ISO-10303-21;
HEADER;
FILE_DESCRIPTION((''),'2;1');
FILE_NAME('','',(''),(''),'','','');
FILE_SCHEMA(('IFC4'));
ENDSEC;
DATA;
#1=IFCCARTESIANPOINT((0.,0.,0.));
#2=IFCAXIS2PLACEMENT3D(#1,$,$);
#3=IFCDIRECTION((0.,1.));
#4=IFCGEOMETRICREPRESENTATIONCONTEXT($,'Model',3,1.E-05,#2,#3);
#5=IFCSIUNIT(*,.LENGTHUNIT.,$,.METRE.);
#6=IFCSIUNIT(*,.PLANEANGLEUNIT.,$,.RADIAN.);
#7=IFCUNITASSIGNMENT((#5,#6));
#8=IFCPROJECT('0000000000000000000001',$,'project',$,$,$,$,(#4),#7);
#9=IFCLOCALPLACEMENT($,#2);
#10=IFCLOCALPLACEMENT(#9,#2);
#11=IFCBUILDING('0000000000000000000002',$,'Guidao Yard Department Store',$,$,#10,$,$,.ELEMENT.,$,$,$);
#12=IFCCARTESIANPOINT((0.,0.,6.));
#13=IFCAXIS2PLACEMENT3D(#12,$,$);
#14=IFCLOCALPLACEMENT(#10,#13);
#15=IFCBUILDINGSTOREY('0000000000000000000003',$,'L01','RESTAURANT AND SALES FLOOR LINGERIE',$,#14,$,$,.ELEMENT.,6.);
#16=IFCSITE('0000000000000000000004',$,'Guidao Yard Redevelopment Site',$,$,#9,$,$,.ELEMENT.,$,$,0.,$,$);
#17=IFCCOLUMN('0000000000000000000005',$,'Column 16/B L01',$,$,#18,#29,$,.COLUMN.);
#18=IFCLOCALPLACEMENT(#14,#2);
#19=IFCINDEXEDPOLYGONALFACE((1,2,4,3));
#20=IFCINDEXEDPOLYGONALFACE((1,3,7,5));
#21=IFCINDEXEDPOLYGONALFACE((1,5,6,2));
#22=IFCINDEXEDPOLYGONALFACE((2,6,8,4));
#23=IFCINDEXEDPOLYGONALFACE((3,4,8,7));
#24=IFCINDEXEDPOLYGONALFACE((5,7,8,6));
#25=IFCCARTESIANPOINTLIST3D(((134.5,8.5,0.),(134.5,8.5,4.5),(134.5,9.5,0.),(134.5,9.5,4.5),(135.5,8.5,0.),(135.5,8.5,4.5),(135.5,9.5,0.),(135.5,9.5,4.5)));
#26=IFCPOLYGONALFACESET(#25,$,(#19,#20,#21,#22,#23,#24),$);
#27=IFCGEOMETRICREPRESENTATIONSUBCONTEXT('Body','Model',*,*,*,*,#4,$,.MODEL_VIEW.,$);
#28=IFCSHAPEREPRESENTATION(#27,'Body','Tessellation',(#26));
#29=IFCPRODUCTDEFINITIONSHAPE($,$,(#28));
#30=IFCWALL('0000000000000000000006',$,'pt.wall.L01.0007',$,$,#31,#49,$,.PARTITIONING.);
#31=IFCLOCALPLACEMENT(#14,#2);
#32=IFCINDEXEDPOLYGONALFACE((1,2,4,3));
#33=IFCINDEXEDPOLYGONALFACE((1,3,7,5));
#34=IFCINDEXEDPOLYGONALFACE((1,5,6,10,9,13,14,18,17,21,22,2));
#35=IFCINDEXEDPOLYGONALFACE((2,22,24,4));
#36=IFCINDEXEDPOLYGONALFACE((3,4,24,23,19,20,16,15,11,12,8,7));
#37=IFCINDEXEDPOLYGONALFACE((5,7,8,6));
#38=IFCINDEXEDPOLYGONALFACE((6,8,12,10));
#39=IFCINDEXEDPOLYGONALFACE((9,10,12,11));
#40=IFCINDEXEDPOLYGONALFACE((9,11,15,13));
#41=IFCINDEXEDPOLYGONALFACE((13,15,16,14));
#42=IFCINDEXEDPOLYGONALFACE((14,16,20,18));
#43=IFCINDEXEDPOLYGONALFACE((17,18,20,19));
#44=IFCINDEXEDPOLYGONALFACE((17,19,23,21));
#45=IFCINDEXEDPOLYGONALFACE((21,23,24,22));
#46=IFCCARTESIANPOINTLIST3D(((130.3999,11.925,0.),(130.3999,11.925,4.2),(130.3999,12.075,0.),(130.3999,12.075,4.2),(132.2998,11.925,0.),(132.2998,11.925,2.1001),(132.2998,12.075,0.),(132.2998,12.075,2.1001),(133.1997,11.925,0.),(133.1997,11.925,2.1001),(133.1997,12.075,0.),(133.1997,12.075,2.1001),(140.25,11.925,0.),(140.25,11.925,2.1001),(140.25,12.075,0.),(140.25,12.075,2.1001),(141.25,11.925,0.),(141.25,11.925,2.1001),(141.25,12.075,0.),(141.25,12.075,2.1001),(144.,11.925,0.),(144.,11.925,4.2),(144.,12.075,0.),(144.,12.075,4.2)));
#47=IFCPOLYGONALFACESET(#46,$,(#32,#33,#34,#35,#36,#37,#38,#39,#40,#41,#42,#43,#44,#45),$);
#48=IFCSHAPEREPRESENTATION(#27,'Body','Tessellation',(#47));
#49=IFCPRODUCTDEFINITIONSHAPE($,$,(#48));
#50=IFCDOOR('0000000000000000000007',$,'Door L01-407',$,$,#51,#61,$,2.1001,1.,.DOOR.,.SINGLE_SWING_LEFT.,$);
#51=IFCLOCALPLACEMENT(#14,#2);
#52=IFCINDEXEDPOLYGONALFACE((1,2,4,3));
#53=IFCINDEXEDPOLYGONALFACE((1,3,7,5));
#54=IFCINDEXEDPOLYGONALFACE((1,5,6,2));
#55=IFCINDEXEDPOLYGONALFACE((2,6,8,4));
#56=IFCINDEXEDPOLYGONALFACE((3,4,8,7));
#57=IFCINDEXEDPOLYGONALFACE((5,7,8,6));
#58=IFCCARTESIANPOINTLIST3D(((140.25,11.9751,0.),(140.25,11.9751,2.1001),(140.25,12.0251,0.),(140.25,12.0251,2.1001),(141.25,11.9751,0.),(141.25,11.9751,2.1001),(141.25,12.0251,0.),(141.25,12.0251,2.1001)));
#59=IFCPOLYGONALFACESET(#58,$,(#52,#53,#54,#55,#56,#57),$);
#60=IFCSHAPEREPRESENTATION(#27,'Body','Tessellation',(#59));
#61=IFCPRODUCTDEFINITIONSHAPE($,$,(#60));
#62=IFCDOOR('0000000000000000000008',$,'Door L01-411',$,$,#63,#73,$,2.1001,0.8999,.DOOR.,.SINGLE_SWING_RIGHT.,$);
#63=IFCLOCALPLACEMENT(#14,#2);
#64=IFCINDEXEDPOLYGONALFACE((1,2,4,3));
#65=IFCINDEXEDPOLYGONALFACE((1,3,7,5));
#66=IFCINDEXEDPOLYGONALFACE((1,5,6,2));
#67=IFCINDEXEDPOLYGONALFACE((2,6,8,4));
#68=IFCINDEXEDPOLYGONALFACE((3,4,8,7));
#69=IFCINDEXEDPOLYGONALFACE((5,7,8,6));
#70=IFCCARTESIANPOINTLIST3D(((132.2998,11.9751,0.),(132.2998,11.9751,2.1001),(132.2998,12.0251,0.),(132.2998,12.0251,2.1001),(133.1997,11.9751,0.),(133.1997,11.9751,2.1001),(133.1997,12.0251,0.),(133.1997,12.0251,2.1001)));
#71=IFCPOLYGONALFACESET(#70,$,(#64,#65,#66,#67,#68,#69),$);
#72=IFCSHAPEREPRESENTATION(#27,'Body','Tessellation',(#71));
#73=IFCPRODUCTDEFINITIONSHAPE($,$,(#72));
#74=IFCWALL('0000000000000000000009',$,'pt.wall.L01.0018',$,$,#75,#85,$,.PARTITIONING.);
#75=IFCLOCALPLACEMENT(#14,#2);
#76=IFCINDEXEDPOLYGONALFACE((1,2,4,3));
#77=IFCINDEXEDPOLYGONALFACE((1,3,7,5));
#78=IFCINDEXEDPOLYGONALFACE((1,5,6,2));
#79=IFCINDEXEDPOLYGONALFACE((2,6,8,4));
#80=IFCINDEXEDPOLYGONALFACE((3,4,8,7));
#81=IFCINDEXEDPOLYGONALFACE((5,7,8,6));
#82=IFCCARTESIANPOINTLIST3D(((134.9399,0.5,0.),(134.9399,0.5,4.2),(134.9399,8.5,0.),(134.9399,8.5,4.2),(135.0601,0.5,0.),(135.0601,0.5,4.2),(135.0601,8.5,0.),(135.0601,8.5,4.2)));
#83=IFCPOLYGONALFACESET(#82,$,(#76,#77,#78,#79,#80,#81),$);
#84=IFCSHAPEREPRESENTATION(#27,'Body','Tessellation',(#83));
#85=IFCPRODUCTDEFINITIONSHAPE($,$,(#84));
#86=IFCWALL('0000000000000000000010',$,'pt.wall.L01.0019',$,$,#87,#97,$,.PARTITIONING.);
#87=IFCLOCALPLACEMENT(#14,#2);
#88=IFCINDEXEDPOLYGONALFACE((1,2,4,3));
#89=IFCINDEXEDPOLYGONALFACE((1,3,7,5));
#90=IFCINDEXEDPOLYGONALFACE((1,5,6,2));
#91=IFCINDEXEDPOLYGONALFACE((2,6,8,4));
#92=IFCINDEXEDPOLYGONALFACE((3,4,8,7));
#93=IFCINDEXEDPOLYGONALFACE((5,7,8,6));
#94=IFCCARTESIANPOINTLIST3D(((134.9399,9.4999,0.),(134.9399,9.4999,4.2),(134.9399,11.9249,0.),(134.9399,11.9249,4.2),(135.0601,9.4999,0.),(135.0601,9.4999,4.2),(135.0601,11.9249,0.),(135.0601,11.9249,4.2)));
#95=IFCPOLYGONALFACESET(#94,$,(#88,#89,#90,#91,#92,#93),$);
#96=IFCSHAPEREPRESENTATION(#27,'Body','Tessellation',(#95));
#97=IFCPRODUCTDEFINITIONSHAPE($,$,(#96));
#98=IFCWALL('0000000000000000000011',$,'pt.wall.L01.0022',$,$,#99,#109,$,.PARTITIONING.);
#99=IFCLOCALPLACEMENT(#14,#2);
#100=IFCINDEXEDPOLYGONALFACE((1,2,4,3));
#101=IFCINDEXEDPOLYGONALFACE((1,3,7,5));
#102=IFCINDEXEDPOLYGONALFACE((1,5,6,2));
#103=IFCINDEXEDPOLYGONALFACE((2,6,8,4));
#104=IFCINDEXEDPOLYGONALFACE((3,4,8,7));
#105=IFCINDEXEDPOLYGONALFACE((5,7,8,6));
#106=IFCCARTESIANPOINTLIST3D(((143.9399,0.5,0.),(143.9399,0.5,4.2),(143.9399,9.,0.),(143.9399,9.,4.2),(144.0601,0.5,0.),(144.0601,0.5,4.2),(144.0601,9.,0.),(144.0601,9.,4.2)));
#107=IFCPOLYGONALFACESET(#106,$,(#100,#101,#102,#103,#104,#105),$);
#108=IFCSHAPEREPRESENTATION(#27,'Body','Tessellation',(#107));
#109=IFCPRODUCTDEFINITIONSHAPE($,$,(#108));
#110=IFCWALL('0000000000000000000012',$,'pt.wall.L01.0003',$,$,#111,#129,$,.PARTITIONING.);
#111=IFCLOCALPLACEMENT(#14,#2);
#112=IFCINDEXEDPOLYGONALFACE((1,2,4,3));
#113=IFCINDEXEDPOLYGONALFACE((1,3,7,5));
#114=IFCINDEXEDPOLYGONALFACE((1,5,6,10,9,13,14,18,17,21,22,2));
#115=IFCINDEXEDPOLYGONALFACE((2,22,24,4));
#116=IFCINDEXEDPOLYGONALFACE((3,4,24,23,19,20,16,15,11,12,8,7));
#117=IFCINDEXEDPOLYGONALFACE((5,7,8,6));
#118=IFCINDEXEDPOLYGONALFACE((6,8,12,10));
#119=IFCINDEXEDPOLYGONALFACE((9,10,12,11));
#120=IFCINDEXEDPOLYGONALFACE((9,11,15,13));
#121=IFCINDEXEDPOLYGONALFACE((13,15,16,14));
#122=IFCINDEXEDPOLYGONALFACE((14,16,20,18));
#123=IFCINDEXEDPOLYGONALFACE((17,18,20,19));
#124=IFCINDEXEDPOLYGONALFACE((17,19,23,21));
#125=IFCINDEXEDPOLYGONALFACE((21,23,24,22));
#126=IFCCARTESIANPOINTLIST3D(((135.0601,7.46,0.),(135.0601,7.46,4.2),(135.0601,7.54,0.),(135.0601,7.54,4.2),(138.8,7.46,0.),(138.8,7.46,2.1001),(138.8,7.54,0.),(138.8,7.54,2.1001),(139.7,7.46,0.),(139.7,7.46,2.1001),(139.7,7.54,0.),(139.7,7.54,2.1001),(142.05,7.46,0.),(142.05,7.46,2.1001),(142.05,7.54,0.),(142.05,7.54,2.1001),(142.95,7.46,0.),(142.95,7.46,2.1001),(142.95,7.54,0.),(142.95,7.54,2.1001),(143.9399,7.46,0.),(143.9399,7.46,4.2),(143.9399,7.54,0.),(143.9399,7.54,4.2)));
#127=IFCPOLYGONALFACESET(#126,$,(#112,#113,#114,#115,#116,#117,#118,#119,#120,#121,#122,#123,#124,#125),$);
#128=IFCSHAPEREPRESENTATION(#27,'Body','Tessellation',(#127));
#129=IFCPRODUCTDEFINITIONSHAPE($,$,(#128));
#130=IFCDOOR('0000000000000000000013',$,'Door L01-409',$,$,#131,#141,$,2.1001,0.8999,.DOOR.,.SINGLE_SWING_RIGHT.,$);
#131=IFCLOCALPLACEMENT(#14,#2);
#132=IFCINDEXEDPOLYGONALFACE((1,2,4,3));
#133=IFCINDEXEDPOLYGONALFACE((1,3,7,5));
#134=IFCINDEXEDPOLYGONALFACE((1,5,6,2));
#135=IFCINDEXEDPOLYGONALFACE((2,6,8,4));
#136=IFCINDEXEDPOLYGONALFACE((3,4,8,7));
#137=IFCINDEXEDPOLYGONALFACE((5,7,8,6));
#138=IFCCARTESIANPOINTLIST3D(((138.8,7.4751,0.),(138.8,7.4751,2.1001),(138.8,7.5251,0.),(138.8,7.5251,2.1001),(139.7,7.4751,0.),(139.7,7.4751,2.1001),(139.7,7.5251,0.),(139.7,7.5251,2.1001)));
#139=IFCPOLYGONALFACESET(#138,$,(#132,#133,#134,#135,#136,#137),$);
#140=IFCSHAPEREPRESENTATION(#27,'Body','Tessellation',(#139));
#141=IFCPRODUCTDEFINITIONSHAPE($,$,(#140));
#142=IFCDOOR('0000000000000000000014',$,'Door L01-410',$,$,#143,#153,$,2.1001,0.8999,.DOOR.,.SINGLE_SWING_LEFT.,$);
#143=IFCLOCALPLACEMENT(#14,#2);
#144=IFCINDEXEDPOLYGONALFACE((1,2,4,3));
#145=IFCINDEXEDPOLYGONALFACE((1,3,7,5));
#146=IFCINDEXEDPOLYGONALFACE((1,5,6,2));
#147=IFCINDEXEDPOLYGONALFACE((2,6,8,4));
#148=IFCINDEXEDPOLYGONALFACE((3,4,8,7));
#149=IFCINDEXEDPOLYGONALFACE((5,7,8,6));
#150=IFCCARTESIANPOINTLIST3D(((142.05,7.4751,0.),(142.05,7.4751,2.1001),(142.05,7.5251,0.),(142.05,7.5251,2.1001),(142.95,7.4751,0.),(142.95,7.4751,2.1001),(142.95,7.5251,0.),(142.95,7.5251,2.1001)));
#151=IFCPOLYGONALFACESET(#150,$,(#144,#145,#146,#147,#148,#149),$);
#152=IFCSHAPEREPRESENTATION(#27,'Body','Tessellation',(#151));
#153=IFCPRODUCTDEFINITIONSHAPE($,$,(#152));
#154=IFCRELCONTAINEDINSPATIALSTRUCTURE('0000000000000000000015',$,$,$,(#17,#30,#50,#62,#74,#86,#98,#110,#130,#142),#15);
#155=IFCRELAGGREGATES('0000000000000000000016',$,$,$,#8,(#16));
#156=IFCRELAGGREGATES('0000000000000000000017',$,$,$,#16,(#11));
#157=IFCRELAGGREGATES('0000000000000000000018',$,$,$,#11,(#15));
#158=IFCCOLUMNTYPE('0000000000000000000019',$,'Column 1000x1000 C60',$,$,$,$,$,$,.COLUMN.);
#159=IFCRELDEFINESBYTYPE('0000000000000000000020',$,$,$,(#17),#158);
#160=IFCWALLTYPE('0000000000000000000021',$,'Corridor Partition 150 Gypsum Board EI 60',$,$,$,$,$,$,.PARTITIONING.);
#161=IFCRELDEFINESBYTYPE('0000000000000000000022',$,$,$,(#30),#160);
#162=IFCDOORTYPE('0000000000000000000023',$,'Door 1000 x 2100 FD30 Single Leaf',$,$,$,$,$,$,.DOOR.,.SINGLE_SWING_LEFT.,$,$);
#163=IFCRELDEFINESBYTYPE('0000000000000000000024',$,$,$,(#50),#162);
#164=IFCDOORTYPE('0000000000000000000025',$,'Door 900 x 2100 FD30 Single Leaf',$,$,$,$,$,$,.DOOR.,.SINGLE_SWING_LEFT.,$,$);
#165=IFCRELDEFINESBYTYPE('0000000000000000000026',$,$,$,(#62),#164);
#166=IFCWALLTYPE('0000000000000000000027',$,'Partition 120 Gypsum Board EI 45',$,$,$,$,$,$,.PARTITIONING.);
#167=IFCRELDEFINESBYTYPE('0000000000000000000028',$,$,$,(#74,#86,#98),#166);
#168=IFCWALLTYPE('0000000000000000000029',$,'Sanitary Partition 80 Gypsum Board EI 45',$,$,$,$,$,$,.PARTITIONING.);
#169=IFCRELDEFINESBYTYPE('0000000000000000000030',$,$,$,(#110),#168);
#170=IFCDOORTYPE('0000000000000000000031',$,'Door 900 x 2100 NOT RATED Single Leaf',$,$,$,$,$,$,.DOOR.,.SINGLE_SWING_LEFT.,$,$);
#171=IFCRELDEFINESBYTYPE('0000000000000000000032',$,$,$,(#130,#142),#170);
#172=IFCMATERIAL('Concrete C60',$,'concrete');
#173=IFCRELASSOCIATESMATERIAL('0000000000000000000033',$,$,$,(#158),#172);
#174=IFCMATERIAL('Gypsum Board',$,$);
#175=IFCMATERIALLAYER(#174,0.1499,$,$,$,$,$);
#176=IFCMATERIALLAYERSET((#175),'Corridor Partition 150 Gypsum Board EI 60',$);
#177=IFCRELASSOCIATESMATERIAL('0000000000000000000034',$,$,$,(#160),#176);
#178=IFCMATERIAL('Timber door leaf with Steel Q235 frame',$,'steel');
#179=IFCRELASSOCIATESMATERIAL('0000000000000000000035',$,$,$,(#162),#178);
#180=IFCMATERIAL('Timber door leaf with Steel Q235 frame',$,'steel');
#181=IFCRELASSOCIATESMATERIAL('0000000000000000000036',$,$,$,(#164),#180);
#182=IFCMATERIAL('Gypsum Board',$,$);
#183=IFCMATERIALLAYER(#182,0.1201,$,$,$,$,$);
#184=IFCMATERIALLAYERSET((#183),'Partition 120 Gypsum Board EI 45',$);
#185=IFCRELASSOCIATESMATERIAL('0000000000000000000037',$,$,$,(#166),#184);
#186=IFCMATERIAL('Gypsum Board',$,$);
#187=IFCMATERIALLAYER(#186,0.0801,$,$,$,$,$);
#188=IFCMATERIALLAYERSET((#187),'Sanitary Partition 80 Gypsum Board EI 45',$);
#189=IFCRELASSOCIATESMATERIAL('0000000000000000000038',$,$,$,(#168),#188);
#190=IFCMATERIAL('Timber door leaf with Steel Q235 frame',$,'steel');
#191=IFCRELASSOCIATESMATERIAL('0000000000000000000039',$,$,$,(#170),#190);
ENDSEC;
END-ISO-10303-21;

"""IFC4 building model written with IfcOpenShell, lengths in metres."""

from ifc_helpers import new_model, si_unit, direction, frame, frame_2d, origin, origin_2d, place, context, subcontext, project, spatial, rectangle, extrude, material, layer, layer_set, material_profile, profile_set, type_object, element, fill, save


model = new_model("IFC4")

# Units and contexts
model_context = context("Model", 3, precision=1e-05, world=origin(), true_north=direction((0.0, 1.0)))
body_context = subcontext(model_context, "Body", "Model", "MODEL_VIEW")
ifc_project = project(units=[si_unit("LENGTHUNIT", "METRE"), si_unit("PLANEANGLEUNIT", "RADIAN")], contexts=[model_context])

# Site, building, storey
site_placement = place(None, origin())
site = spatial("IfcSite", under=ifc_project, at=site_placement, Name="Guidao Yard Redevelopment Site", CompositionType="ELEMENT", RefElevation=0.0)
building_placement = place(site_placement, origin())
building = spatial("IfcBuilding", under=site, at=building_placement, Name="Guidao Yard Department Store", CompositionType="ELEMENT")
storey_placement = place(building_placement, frame((0.0, 0.0, 6.0)))
storey = spatial("IfcBuildingStorey", under=building, at=storey_placement, Name="L01", Description="RESTAURANT AND SALES FLOOR LINGERIE", CompositionType="ELEMENT", Elevation=6.0)

# Column
ifc_material_1 = material(Name="Concrete C60", Category="concrete")
ifc_material_profile = material_profile(ifc_material_1, rectangle(XDim=1.0, YDim=1.0, at=origin_2d()), Name="COL 1000x1000")
ifc_profile_set = profile_set([ifc_material_profile], Name="Concrete C60")
column_type = type_object("IfcColumnType", Name="Column 1000x1000 C60", PredefinedType="COLUMN", material=ifc_profile_set)
column_placement = place(storey_placement, frame((135.0, 9.0, 0.0), z_axis=(0.0, 0.0, 1.0), x_axis=(1.0, 0.0, 0.0)))
element("IfcColumn", 1, at=column_placement, inside=storey, type_object=column_type, Name="Column 16/B L01", PredefinedType="COLUMN", context=body_context, shape_type="SweptSolid", body=[
    extrude(rectangle(XDim=1.0, YDim=1.0, at=origin_2d()), origin(), (0.0, 0.0, 1.0), 4.5),
])

# Wall, openings, doors
ifc_material_2 = material(Name="Gypsum Board")
ifc_layer_1 = layer(ifc_material_2, 0.1499)
ifc_layer_set_1 = layer_set([ifc_layer_1], Name="Corridor Partition 150 Gypsum Board EI 60")
wall_type_1 = type_object("IfcWallType", Name="Corridor Partition 150 Gypsum Board EI 60", PredefinedType="PARTITIONING", material=ifc_layer_set_1)
wall_1_placement = place(storey_placement, frame((130.3999, 12.0, 0.0), z_axis=(0.0, 0.0, 1.0), x_axis=(1.0, 0.0, 0.0)))
wall_1 = element("IfcWall", 2, at=wall_1_placement, inside=storey, type_object=wall_type_1, Name="pt.wall.L01.0007", PredefinedType="PARTITIONING", context=body_context, shape_type="SweptSolid", body=[
    extrude(rectangle(XDim=13.6001, YDim=0.1499, at=frame_2d((6.8, 0.0))), origin(), (0.0, 0.0, 1.0), 4.2),
])
opening_1_placement = place(wall_1_placement, frame((10.8501, 0.0, 0.0), z_axis=(0.0, 0.0, 1.0), x_axis=(-1.0, 0.0, 0.0)))
opening_1 = element("IfcOpeningElement", 3, at=opening_1_placement, cuts=wall_1, PredefinedType="OPENING", context=body_context, shape_type="SweptSolid", body=[
    extrude(rectangle(XDim=1.0, YDim=2.1001, at=frame_2d((0.5, 1.05))), frame((0.0, 0.085, 0.0), z_axis=(0.0, -1.0, 0.0), x_axis=(1.0, 0.0, 0.0)), (0.0, 0.0, 1.0), 0.1699),
])
opening_2_placement = place(wall_1_placement, frame((2.7998, 0.0, 0.0), z_axis=(0.0, 0.0, 1.0), x_axis=(-1.0, 0.0, 0.0)))
opening_2 = element("IfcOpeningElement", 4, at=opening_2_placement, cuts=wall_1, PredefinedType="OPENING", context=body_context, shape_type="SweptSolid", body=[
    extrude(rectangle(XDim=0.8999, YDim=2.1001, at=frame_2d((0.45, 1.05))), frame((0.0, 0.085, 0.0), z_axis=(0.0, -1.0, 0.0), x_axis=(1.0, 0.0, 0.0)), (0.0, 0.0, 1.0), 0.1699),
])
ifc_material_3 = material(Name="Timber door leaf with Steel Q235 frame", Category="steel")
door_type_1 = type_object("IfcDoorType", Name="Door 1000 x 2100 FD30 Single Leaf", OperationType="SINGLE_SWING_LEFT", PredefinedType="DOOR", material=ifc_material_3)
door_1_placement = place(opening_1_placement, origin())
door_1 = element("IfcDoor", 5, at=door_1_placement, inside=storey, type_object=door_type_1, Name="Door L01-407", OperationType="SINGLE_SWING_LEFT", OverallHeight=2.1001, OverallWidth=1.0, PredefinedType="DOOR", context=body_context, shape_type="SweptSolid", body=[
    extrude(rectangle(XDim=1.0, YDim=2.1001, at=frame_2d((0.5, 1.05))), frame((0.0, 0.0249, 0.0), z_axis=(0.0, -1.0, 0.0), x_axis=(1.0, 0.0, 0.0)), (0.0, 0.0, 1.0), 0.05),
])
fill(opening_1, door_1)
ifc_material_4 = material(Name="Timber door leaf with Steel Q235 frame", Category="steel")
door_type_2 = type_object("IfcDoorType", Name="Door 900 x 2100 FD30 Single Leaf", OperationType="SINGLE_SWING_LEFT", PredefinedType="DOOR", material=ifc_material_4)
door_2_placement = place(opening_2_placement, origin())
door_2 = element("IfcDoor", 6, at=door_2_placement, inside=storey, type_object=door_type_2, Name="Door L01-411", OperationType="SINGLE_SWING_RIGHT", OverallHeight=2.1001, OverallWidth=0.8999, PredefinedType="DOOR", context=body_context, shape_type="SweptSolid", body=[
    extrude(rectangle(XDim=0.8999, YDim=2.1001, at=frame_2d((0.45, 1.05))), frame((0.0, 0.0249, 0.0), z_axis=(0.0, -1.0, 0.0), x_axis=(1.0, 0.0, 0.0)), (0.0, 0.0, 1.0), 0.05),
])
fill(opening_2, door_2)

# Walls
ifc_material_5 = material(Name="Gypsum Board")
ifc_layer_2 = layer(ifc_material_5, 0.1201)
ifc_layer_set_2 = layer_set([ifc_layer_2], Name="Partition 120 Gypsum Board EI 45")
wall_type_2 = type_object("IfcWallType", Name="Partition 120 Gypsum Board EI 45", PredefinedType="PARTITIONING", material=ifc_layer_set_2)
wall_2_placement = place(storey_placement, frame((135.0, 0.5, 0.0), z_axis=(0.0, 0.0, 1.0), x_axis=(0.0, 1.0, 0.0)))
element("IfcWall", 7, at=wall_2_placement, inside=storey, type_object=wall_type_2, Name="pt.wall.L01.0018", PredefinedType="PARTITIONING", context=body_context, shape_type="SweptSolid", body=[
    extrude(rectangle(XDim=8.0, YDim=0.1201, at=frame_2d((4.0, 0.0))), origin(), (0.0, 0.0, 1.0), 4.2),
])
wall_3_placement = place(storey_placement, frame((135.0, 9.5, 0.0), z_axis=(0.0, 0.0, 1.0), x_axis=(0.0, 1.0, 0.0)))
element("IfcWall", 8, at=wall_3_placement, inside=storey, type_object=wall_type_2, Name="pt.wall.L01.0019", PredefinedType="PARTITIONING", context=body_context, shape_type="SweptSolid", body=[
    extrude(rectangle(XDim=2.425, YDim=0.1201, at=frame_2d((1.2124, 0.0))), origin(), (0.0, 0.0, 1.0), 4.2),
])
wall_4_placement = place(storey_placement, frame((144.0, 0.5, 0.0), z_axis=(0.0, 0.0, 1.0), x_axis=(0.0, 1.0, 0.0)))
element("IfcWall", 9, at=wall_4_placement, inside=storey, type_object=wall_type_2, Name="pt.wall.L01.0022", PredefinedType="PARTITIONING", context=body_context, shape_type="SweptSolid", body=[
    extrude(rectangle(XDim=8.5, YDim=0.1201, at=frame_2d((4.25, 0.0))), origin(), (0.0, 0.0, 1.0), 4.2),
])

# Wall, openings, doors
ifc_material_6 = material(Name="Gypsum Board")
ifc_layer_3 = layer(ifc_material_6, 0.0801)
ifc_layer_set_3 = layer_set([ifc_layer_3], Name="Sanitary Partition 80 Gypsum Board EI 45")
wall_type_3 = type_object("IfcWallType", Name="Sanitary Partition 80 Gypsum Board EI 45", PredefinedType="PARTITIONING", material=ifc_layer_set_3)
wall_5_placement = place(storey_placement, frame((135.0601, 7.5, 0.0), z_axis=(0.0, 0.0, 1.0), x_axis=(1.0, 0.0, 0.0)))
wall_5 = element("IfcWall", 10, at=wall_5_placement, inside=storey, type_object=wall_type_3, Name="pt.wall.L01.0003", PredefinedType="PARTITIONING", context=body_context, shape_type="SweptSolid", body=[
    extrude(rectangle(XDim=8.8799, YDim=0.0801, at=frame_2d((4.4399, 0.0))), origin(), (0.0, 0.0, 1.0), 4.2),
])
opening_3_placement = place(wall_5_placement, frame((4.6399, 0.0, 0.0), z_axis=(0.0, 0.0, 1.0), x_axis=(-1.0, 0.0, 0.0)))
opening_3 = element("IfcOpeningElement", 11, at=opening_3_placement, cuts=wall_5, PredefinedType="OPENING", context=body_context, shape_type="SweptSolid", body=[
    extrude(rectangle(XDim=0.8999, YDim=2.1001, at=frame_2d((0.45, 1.05))), frame((0.0, 0.05, 0.0), z_axis=(0.0, -1.0, 0.0), x_axis=(1.0, 0.0, 0.0)), (0.0, 0.0, 1.0), 0.1001),
])
opening_4_placement = place(wall_5_placement, frame((7.8899, 0.0, 0.0), z_axis=(0.0, 0.0, 1.0), x_axis=(-1.0, 0.0, 0.0)))
opening_4 = element("IfcOpeningElement", 12, at=opening_4_placement, cuts=wall_5, PredefinedType="OPENING", context=body_context, shape_type="SweptSolid", body=[
    extrude(rectangle(XDim=0.8999, YDim=2.1001, at=frame_2d((0.45, 1.05))), frame((0.0, 0.05, 0.0), z_axis=(0.0, -1.0, 0.0), x_axis=(1.0, 0.0, 0.0)), (0.0, 0.0, 1.0), 0.1001),
])
ifc_material_7 = material(Name="Timber door leaf with Steel Q235 frame", Category="steel")
door_type_3 = type_object("IfcDoorType", Name="Door 900 x 2100 NOT RATED Single Leaf", OperationType="SINGLE_SWING_LEFT", PredefinedType="DOOR", material=ifc_material_7)
door_3_placement = place(opening_3_placement, origin())
door_3 = element("IfcDoor", 13, at=door_3_placement, inside=storey, type_object=door_type_3, Name="Door L01-409", OperationType="SINGLE_SWING_RIGHT", OverallHeight=2.1001, OverallWidth=0.8999, PredefinedType="DOOR", context=body_context, shape_type="SweptSolid", body=[
    extrude(rectangle(XDim=0.8999, YDim=2.1001, at=frame_2d((0.45, 1.05))), frame((0.0, 0.0249, 0.0), z_axis=(0.0, -1.0, 0.0), x_axis=(1.0, 0.0, 0.0)), (0.0, 0.0, 1.0), 0.05),
])
fill(opening_3, door_3)
door_4_placement = place(opening_4_placement, origin())
door_4 = element("IfcDoor", 14, at=door_4_placement, inside=storey, type_object=door_type_3, Name="Door L01-410", OperationType="SINGLE_SWING_LEFT", OverallHeight=2.1001, OverallWidth=0.8999, PredefinedType="DOOR", context=body_context, shape_type="SweptSolid", body=[
    extrude(rectangle(XDim=0.8999, YDim=2.1001, at=frame_2d((0.45, 1.05))), frame((0.0, 0.0249, 0.0), z_axis=(0.0, -1.0, 0.0), x_axis=(1.0, 0.0, 0.0)), (0.0, 0.0, 1.0), 0.05),
])
fill(opening_4, door_4)

save(model, "model.ifc")
